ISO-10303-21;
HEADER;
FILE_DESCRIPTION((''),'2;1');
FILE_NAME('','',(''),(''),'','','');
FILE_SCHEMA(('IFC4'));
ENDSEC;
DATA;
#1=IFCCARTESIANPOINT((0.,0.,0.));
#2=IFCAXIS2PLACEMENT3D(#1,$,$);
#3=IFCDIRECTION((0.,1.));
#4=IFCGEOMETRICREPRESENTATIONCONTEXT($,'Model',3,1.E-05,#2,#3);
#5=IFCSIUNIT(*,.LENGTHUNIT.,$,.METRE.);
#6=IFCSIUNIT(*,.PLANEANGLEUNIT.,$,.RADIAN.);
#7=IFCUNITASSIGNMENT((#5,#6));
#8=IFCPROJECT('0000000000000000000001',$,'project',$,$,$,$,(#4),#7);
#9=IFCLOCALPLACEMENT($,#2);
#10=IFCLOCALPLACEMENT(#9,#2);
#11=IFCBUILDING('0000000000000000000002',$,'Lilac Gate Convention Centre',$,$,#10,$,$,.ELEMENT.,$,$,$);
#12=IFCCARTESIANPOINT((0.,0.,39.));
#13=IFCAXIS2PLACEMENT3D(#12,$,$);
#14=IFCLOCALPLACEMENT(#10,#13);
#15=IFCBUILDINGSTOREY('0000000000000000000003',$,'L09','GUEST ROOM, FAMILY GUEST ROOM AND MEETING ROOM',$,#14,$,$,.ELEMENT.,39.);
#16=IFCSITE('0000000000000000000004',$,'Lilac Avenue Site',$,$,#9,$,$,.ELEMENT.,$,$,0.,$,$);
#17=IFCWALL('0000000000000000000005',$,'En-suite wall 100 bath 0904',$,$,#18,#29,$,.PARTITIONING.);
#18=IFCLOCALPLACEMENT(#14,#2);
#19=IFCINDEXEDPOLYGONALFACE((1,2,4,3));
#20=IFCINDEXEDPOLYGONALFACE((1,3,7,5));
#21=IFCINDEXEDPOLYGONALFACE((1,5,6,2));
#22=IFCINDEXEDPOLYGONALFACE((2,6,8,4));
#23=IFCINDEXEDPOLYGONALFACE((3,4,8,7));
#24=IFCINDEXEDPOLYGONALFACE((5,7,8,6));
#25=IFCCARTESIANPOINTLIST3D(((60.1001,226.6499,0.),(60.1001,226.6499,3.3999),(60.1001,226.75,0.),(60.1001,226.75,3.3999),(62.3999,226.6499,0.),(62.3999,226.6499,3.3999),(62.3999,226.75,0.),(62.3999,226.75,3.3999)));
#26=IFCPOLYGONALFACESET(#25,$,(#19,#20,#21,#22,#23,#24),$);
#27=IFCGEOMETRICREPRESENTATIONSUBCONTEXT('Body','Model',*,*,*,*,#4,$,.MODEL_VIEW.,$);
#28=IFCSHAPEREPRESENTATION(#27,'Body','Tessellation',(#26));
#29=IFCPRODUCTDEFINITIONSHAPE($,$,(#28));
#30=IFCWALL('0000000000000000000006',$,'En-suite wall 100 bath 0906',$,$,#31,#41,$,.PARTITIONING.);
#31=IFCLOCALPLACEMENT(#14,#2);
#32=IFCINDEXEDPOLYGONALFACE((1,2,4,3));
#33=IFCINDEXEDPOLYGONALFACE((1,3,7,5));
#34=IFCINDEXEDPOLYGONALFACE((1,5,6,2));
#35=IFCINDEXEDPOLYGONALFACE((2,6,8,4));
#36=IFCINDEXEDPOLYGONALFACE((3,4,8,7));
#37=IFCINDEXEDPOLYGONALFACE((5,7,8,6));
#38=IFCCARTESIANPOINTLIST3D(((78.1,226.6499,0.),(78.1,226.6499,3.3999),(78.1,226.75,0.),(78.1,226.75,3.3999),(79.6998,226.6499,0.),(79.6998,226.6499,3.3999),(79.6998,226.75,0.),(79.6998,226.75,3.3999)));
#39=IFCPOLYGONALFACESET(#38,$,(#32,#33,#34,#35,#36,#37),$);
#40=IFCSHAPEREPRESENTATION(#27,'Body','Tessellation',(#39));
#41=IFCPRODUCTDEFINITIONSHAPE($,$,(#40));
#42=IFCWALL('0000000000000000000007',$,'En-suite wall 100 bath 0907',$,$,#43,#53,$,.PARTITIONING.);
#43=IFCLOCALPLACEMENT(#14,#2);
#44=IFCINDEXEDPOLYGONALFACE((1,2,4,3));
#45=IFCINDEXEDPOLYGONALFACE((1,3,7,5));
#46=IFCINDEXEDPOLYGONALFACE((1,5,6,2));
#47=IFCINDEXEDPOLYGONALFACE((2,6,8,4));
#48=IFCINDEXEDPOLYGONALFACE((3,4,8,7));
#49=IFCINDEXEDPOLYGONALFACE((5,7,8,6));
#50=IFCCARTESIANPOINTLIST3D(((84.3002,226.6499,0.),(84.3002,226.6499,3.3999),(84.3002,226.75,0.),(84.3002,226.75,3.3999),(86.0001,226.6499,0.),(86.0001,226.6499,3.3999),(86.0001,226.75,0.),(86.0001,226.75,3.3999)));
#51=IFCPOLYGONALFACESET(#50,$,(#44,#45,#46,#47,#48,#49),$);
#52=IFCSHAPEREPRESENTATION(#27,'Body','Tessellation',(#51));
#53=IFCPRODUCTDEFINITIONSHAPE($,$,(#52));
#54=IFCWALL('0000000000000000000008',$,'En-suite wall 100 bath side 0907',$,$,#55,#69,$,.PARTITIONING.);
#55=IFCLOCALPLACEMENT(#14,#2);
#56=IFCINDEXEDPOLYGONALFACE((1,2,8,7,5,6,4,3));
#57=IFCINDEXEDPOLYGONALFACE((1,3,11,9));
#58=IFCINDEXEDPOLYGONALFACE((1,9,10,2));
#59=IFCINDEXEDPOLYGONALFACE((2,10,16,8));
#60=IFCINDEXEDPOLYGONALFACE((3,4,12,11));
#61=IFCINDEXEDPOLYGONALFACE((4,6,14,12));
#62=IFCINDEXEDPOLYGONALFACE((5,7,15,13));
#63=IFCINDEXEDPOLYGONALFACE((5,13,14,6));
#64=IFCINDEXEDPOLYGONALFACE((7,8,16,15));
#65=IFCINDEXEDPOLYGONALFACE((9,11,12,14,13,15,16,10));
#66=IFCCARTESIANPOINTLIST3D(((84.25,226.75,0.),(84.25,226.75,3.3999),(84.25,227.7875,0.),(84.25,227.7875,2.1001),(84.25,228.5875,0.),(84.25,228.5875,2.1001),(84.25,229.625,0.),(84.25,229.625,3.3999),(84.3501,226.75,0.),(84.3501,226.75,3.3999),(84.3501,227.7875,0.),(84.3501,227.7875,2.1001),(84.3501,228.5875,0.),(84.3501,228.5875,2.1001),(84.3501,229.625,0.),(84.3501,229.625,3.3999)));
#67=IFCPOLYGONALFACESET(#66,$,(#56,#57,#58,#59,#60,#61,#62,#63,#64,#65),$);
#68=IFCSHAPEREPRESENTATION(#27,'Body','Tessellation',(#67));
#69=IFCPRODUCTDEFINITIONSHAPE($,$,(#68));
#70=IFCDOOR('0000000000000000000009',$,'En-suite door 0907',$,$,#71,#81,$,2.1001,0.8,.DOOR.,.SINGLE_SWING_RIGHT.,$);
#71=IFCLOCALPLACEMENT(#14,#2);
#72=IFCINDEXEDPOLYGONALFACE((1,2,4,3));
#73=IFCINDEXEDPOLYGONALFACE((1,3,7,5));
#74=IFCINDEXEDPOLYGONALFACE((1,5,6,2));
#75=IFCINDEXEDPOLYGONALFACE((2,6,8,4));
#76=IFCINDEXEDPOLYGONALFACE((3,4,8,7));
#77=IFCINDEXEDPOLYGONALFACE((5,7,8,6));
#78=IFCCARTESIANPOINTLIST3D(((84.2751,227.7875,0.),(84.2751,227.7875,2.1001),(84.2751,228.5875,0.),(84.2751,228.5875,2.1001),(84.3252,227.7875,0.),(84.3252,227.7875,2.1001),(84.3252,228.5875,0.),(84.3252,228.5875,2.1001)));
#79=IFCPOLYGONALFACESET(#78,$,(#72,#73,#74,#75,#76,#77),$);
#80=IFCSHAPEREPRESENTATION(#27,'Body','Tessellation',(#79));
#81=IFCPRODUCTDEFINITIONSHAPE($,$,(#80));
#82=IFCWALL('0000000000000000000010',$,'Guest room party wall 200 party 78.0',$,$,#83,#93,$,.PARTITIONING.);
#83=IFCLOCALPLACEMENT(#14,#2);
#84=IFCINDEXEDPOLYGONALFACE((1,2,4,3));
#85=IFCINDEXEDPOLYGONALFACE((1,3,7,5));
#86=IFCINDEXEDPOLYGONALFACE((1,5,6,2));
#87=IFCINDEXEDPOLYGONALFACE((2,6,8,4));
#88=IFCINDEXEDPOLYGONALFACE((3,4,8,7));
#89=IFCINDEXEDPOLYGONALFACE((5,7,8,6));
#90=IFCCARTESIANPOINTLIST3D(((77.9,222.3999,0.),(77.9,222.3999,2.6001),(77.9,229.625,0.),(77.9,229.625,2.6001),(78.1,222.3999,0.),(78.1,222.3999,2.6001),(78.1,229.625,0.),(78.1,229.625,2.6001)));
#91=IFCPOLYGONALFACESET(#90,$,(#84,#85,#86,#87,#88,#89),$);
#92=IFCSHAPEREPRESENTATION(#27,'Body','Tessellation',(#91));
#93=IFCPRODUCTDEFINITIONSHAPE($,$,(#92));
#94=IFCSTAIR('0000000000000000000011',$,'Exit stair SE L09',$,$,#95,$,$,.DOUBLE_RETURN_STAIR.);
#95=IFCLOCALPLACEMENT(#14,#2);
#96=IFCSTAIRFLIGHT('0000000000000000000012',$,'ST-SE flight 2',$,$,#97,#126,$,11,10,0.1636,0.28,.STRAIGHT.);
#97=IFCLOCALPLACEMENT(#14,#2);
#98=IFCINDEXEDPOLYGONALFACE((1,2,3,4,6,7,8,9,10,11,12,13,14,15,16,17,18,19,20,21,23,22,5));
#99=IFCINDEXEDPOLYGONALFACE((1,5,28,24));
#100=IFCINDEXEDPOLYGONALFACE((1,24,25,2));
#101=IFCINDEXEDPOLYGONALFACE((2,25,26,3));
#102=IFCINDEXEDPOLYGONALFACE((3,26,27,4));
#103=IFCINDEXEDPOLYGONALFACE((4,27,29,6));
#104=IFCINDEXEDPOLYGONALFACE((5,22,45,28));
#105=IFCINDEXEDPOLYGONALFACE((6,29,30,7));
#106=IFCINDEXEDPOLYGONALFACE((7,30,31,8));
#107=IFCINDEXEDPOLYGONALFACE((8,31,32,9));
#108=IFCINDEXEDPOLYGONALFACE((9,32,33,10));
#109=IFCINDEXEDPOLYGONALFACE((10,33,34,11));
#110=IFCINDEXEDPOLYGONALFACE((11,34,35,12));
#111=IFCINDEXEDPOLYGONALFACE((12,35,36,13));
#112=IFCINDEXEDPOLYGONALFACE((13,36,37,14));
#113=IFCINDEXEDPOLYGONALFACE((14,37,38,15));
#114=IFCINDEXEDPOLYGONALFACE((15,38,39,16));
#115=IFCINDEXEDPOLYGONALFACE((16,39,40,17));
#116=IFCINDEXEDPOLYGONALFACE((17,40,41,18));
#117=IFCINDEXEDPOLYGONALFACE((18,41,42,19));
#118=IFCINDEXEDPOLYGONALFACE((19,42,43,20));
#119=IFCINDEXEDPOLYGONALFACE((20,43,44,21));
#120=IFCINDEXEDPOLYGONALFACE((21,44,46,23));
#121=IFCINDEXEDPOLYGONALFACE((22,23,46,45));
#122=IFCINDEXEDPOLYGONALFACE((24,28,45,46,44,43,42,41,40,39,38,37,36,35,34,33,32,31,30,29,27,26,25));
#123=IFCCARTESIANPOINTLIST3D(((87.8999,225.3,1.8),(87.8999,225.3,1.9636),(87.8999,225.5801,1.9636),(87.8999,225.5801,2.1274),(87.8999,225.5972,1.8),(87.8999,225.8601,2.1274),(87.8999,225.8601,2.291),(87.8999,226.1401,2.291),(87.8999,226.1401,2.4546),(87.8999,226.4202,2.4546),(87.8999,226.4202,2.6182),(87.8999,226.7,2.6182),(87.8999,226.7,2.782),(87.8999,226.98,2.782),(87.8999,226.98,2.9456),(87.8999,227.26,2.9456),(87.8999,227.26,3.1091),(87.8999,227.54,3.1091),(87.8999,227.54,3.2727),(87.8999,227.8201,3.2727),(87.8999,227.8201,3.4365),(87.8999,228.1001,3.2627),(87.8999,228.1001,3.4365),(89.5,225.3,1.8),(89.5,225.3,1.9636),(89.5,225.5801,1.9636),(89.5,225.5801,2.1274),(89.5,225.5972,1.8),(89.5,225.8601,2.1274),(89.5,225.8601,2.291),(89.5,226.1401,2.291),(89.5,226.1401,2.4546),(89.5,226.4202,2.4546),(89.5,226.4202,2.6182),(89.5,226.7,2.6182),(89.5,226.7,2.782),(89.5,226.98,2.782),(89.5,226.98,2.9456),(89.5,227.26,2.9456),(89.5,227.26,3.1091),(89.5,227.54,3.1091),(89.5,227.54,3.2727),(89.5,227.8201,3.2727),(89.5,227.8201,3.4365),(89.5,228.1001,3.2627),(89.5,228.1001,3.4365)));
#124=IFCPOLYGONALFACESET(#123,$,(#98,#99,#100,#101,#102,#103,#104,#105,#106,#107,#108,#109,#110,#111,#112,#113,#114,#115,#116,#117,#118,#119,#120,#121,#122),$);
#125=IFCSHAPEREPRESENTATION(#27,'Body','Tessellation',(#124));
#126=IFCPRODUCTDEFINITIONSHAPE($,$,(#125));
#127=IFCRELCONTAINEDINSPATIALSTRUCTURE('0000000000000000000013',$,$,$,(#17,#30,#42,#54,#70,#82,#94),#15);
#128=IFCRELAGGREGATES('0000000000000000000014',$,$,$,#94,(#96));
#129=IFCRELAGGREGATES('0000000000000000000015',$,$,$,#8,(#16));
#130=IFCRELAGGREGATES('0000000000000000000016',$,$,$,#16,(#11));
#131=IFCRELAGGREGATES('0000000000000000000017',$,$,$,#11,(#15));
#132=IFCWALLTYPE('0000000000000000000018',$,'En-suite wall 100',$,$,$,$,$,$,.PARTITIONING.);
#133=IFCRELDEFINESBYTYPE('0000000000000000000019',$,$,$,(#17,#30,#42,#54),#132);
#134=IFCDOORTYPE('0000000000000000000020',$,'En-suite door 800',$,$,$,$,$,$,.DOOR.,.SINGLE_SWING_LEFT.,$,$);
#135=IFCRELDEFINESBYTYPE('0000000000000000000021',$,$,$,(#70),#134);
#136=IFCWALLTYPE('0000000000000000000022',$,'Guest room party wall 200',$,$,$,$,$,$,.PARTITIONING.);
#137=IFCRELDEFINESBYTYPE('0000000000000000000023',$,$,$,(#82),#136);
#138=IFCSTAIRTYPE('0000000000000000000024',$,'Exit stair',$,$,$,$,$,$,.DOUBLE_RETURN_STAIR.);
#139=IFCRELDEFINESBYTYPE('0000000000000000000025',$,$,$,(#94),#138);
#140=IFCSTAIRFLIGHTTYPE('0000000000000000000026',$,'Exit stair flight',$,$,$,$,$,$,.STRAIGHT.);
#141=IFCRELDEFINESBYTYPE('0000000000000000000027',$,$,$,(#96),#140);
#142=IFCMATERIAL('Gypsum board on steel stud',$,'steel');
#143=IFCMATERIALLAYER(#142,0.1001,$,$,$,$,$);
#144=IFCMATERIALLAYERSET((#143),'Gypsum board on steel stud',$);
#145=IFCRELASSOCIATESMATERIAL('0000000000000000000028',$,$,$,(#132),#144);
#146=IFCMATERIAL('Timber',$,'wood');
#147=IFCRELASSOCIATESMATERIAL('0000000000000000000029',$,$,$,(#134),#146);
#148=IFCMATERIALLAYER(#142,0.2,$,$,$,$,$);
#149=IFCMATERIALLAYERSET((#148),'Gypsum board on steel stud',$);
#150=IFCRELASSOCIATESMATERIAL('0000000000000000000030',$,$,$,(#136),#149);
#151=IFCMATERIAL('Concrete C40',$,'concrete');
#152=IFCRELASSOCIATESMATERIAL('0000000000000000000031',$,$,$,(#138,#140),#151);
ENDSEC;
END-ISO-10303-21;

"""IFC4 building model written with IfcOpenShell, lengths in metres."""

from ifc_helpers import new_model, si_unit, direction, frame, frame_2d, origin, place, context, subcontext, project, spatial, polyline, rectangle, outline, extrude, material, layer, layer_set, type_object, element, fill, aggregate, save


model = new_model("IFC4")

# Units and contexts
model_context = context("Model", 3, precision=1e-05, world=origin(), true_north=direction((0.0, 1.0)))
body_context = subcontext(model_context, "Body", "Model", "MODEL_VIEW")
ifc_project = project(units=[si_unit("LENGTHUNIT", "METRE"), si_unit("PLANEANGLEUNIT", "RADIAN")], contexts=[model_context])

# Site, building, storey
site_placement = place(None, origin())
site = spatial("IfcSite", under=ifc_project, at=site_placement, Name="Lilac Avenue Site", CompositionType="ELEMENT", RefElevation=0.0)
building_placement = place(site_placement, origin())
building = spatial("IfcBuilding", under=site, at=building_placement, Name="Lilac Gate Convention Centre", CompositionType="ELEMENT")
storey_placement = place(building_placement, frame((0.0, 0.0, 39.0)))
storey = spatial("IfcBuildingStorey", under=building, at=storey_placement, Name="L09", Description="GUEST ROOM, FAMILY GUEST ROOM AND MEETING ROOM", CompositionType="ELEMENT", Elevation=39.0)

# Shared definitions
ifc_material_1 = material(Name="Gypsum board on steel stud", Category="steel")
ifc_layer_1 = layer(ifc_material_1, 0.1001)
ifc_layer_set_1 = layer_set([ifc_layer_1], Name="Gypsum board on steel stud")
wall_type_1 = type_object("IfcWallType", Name="En-suite wall 100", PredefinedType="PARTITIONING", material=ifc_layer_set_1)

# Shared definitions
ifc_material_2 = material(Name="Timber", Category="wood")
door_type = type_object("IfcDoorType", Name="En-suite door 800", OperationType="SINGLE_SWING_LEFT", PredefinedType="DOOR", material=ifc_material_2)

# Walls
wall_1_placement = place(storey_placement, frame((60.1001, 226.7, 0.0), z_axis=(0.0, 0.0, 1.0), x_axis=(1.0, 0.0, 0.0)))
element("IfcWall", 1, at=wall_1_placement, inside=storey, type_object=wall_type_1, Name="En-suite wall 100 bath 0904", PredefinedType="PARTITIONING", context=body_context, shape_type="SweptSolid", body=[
    extrude(rectangle(XDim=2.2998, YDim=0.1001, at=frame_2d((1.1499, 0.0))), origin(), (0.0, 0.0, 1.0), 3.3999),
])
wall_2_placement = place(storey_placement, frame((78.1001, 226.7, 0.0), z_axis=(0.0, 0.0, 1.0), x_axis=(1.0, 0.0, 0.0)))
element("IfcWall", 2, at=wall_2_placement, inside=storey, type_object=wall_type_1, Name="En-suite wall 100 bath 0906", PredefinedType="PARTITIONING", context=body_context, shape_type="SweptSolid", body=[
    extrude(rectangle(XDim=1.5999, YDim=0.1001, at=frame_2d((0.7998, 0.0))), origin(), (0.0, 0.0, 1.0), 3.3999),
])
wall_3_placement = place(storey_placement, frame((84.3, 226.7, 0.0), z_axis=(0.0, 0.0, 1.0), x_axis=(1.0, 0.0, 0.0)))
element("IfcWall", 3, at=wall_3_placement, inside=storey, type_object=wall_type_1, Name="En-suite wall 100 bath 0907", PredefinedType="PARTITIONING", context=body_context, shape_type="SweptSolid", body=[
    extrude(rectangle(XDim=1.7, YDim=0.1001, at=frame_2d((0.8501, 0.0))), origin(), (0.0, 0.0, 1.0), 3.3999),
])

# Wall, opening, door
wall_4_placement = place(storey_placement, frame((84.3, 226.75, 0.0), z_axis=(0.0, 0.0, 1.0), x_axis=(0.0, 1.0, 0.0)))
wall_4 = element("IfcWall", 4, at=wall_4_placement, inside=storey, type_object=wall_type_1, Name="En-suite wall 100 bath side 0907", PredefinedType="PARTITIONING", context=body_context, shape_type="SweptSolid", body=[
    extrude(rectangle(XDim=2.875, YDim=0.1001, at=frame_2d((1.4375, 0.0))), origin(), (0.0, 0.0, 1.0), 3.3999),
])
opening_1_placement = place(wall_4_placement, frame((1.0376, 0.0, 0.0)))
opening_1 = element("IfcOpeningElement", 5, at=opening_1_placement, cuts=wall_4, PredefinedType="OPENING", context=body_context, shape_type="SweptSolid", body=[
    extrude(rectangle(XDim=0.8, YDim=2.1001, at=frame_2d((0.3999, 1.05))), frame((0.0, 0.0601, 0.0), z_axis=(0.0, -1.0, 0.0), x_axis=(1.0, 0.0, 0.0)), (0.0, 0.0, 1.0), 0.1201),
])
door_1_placement = place(opening_1_placement, origin())
door_1 = element("IfcDoor", 6, at=door_1_placement, inside=storey, type_object=door_type, Name="En-suite door 0907", OperationType="SINGLE_SWING_RIGHT", OverallHeight=2.1001, OverallWidth=0.8, PredefinedType="DOOR", context=body_context, shape_type="SweptSolid", body=[
    extrude(rectangle(XDim=0.8, YDim=2.1001, at=frame_2d((0.3999, 1.05))), frame((0.0, 0.0249, 0.0), z_axis=(0.0, -1.0, 0.0), x_axis=(1.0, 0.0, 0.0)), (0.0, 0.0, 1.0), 0.05),
])
fill(opening_1, door_1)

# Wall
ifc_layer_2 = layer(ifc_material_1, 0.2)
ifc_layer_set_2 = layer_set([ifc_layer_2], Name="Gypsum board on steel stud")
wall_type_2 = type_object("IfcWallType", Name="Guest room party wall 200", PredefinedType="PARTITIONING", material=ifc_layer_set_2)
wall_5_placement = place(storey_placement, frame((78.0, 222.3999, 0.0), z_axis=(0.0, 0.0, 1.0), x_axis=(0.0, 1.0, 0.0)))
element("IfcWall", 7, at=wall_5_placement, inside=storey, type_object=wall_type_2, Name="Guest room party wall 200 party 78.0", PredefinedType="PARTITIONING", context=body_context, shape_type="SweptSolid", body=[
    extrude(rectangle(XDim=7.2251, YDim=0.2, at=frame_2d((3.6125, 0.0))), origin(), (0.0, 0.0, 1.0), 2.6001),
])

# Stair, stair flight
ifc_material_3 = material(Name="Concrete C40", Category="concrete")
stair_type = type_object("IfcStairType", Name="Exit stair", PredefinedType="DOUBLE_RETURN_STAIR", material=ifc_material_3)
stair_placement = place(storey_placement, origin())
stair = element("IfcStair", 8, at=stair_placement, inside=storey, type_object=stair_type, Name="Exit stair SE L09", PredefinedType="DOUBLE_RETURN_STAIR")
stair_flight_type = type_object("IfcStairFlightType", Name="Exit stair flight", PredefinedType="STRAIGHT", material=ifc_material_3)
stair_flight_placement = place(storey_placement, frame((88.7, 225.3, 1.8), z_axis=(0.0, 0.0, 1.0), x_axis=(0.0, 1.0, 0.0)))
stair_flight = element("IfcStairFlight", 9, at=stair_flight_placement, type_object=stair_flight_type, Name="ST-SE flight 2", NumberOfRisers=11, NumberOfTreads=10, PredefinedType="STRAIGHT", RiserHeight=0.1636, TreadLength=0.28, context=body_context, shape_type="SweptSolid", body=[
    extrude(outline(polyline([(0.0, 0.0), (0.0, 0.1636), (0.28, 0.1636), (0.28, 0.3274), (0.5601, 0.3274), (0.5601, 0.491), (0.8401, 0.491), (0.8401, 0.6545), (1.1201, 0.6545), (1.1201, 0.8181), (1.3999, 0.8181), (1.3999, 0.9819), (1.6799, 0.9819), (1.6799, 1.1455), (1.96, 1.1455), (1.96, 1.3091), (2.24, 1.3091), (2.24, 1.4727), (2.52, 1.4727), (2.52, 1.6365), (2.8, 1.6365), (2.8, 1.8), (2.8, 1.4626), (0.2971, 0.0), (0.0, 0.0)])), frame((0.0, 0.8, 0.0), z_axis=(0.0, -1.0, 0.0), x_axis=(1.0, 0.0, 0.0)), (0.0, 0.0, 1.0), 1.6001),
])
aggregate(stair, [stair_flight])

save(model, "model.ifc")
